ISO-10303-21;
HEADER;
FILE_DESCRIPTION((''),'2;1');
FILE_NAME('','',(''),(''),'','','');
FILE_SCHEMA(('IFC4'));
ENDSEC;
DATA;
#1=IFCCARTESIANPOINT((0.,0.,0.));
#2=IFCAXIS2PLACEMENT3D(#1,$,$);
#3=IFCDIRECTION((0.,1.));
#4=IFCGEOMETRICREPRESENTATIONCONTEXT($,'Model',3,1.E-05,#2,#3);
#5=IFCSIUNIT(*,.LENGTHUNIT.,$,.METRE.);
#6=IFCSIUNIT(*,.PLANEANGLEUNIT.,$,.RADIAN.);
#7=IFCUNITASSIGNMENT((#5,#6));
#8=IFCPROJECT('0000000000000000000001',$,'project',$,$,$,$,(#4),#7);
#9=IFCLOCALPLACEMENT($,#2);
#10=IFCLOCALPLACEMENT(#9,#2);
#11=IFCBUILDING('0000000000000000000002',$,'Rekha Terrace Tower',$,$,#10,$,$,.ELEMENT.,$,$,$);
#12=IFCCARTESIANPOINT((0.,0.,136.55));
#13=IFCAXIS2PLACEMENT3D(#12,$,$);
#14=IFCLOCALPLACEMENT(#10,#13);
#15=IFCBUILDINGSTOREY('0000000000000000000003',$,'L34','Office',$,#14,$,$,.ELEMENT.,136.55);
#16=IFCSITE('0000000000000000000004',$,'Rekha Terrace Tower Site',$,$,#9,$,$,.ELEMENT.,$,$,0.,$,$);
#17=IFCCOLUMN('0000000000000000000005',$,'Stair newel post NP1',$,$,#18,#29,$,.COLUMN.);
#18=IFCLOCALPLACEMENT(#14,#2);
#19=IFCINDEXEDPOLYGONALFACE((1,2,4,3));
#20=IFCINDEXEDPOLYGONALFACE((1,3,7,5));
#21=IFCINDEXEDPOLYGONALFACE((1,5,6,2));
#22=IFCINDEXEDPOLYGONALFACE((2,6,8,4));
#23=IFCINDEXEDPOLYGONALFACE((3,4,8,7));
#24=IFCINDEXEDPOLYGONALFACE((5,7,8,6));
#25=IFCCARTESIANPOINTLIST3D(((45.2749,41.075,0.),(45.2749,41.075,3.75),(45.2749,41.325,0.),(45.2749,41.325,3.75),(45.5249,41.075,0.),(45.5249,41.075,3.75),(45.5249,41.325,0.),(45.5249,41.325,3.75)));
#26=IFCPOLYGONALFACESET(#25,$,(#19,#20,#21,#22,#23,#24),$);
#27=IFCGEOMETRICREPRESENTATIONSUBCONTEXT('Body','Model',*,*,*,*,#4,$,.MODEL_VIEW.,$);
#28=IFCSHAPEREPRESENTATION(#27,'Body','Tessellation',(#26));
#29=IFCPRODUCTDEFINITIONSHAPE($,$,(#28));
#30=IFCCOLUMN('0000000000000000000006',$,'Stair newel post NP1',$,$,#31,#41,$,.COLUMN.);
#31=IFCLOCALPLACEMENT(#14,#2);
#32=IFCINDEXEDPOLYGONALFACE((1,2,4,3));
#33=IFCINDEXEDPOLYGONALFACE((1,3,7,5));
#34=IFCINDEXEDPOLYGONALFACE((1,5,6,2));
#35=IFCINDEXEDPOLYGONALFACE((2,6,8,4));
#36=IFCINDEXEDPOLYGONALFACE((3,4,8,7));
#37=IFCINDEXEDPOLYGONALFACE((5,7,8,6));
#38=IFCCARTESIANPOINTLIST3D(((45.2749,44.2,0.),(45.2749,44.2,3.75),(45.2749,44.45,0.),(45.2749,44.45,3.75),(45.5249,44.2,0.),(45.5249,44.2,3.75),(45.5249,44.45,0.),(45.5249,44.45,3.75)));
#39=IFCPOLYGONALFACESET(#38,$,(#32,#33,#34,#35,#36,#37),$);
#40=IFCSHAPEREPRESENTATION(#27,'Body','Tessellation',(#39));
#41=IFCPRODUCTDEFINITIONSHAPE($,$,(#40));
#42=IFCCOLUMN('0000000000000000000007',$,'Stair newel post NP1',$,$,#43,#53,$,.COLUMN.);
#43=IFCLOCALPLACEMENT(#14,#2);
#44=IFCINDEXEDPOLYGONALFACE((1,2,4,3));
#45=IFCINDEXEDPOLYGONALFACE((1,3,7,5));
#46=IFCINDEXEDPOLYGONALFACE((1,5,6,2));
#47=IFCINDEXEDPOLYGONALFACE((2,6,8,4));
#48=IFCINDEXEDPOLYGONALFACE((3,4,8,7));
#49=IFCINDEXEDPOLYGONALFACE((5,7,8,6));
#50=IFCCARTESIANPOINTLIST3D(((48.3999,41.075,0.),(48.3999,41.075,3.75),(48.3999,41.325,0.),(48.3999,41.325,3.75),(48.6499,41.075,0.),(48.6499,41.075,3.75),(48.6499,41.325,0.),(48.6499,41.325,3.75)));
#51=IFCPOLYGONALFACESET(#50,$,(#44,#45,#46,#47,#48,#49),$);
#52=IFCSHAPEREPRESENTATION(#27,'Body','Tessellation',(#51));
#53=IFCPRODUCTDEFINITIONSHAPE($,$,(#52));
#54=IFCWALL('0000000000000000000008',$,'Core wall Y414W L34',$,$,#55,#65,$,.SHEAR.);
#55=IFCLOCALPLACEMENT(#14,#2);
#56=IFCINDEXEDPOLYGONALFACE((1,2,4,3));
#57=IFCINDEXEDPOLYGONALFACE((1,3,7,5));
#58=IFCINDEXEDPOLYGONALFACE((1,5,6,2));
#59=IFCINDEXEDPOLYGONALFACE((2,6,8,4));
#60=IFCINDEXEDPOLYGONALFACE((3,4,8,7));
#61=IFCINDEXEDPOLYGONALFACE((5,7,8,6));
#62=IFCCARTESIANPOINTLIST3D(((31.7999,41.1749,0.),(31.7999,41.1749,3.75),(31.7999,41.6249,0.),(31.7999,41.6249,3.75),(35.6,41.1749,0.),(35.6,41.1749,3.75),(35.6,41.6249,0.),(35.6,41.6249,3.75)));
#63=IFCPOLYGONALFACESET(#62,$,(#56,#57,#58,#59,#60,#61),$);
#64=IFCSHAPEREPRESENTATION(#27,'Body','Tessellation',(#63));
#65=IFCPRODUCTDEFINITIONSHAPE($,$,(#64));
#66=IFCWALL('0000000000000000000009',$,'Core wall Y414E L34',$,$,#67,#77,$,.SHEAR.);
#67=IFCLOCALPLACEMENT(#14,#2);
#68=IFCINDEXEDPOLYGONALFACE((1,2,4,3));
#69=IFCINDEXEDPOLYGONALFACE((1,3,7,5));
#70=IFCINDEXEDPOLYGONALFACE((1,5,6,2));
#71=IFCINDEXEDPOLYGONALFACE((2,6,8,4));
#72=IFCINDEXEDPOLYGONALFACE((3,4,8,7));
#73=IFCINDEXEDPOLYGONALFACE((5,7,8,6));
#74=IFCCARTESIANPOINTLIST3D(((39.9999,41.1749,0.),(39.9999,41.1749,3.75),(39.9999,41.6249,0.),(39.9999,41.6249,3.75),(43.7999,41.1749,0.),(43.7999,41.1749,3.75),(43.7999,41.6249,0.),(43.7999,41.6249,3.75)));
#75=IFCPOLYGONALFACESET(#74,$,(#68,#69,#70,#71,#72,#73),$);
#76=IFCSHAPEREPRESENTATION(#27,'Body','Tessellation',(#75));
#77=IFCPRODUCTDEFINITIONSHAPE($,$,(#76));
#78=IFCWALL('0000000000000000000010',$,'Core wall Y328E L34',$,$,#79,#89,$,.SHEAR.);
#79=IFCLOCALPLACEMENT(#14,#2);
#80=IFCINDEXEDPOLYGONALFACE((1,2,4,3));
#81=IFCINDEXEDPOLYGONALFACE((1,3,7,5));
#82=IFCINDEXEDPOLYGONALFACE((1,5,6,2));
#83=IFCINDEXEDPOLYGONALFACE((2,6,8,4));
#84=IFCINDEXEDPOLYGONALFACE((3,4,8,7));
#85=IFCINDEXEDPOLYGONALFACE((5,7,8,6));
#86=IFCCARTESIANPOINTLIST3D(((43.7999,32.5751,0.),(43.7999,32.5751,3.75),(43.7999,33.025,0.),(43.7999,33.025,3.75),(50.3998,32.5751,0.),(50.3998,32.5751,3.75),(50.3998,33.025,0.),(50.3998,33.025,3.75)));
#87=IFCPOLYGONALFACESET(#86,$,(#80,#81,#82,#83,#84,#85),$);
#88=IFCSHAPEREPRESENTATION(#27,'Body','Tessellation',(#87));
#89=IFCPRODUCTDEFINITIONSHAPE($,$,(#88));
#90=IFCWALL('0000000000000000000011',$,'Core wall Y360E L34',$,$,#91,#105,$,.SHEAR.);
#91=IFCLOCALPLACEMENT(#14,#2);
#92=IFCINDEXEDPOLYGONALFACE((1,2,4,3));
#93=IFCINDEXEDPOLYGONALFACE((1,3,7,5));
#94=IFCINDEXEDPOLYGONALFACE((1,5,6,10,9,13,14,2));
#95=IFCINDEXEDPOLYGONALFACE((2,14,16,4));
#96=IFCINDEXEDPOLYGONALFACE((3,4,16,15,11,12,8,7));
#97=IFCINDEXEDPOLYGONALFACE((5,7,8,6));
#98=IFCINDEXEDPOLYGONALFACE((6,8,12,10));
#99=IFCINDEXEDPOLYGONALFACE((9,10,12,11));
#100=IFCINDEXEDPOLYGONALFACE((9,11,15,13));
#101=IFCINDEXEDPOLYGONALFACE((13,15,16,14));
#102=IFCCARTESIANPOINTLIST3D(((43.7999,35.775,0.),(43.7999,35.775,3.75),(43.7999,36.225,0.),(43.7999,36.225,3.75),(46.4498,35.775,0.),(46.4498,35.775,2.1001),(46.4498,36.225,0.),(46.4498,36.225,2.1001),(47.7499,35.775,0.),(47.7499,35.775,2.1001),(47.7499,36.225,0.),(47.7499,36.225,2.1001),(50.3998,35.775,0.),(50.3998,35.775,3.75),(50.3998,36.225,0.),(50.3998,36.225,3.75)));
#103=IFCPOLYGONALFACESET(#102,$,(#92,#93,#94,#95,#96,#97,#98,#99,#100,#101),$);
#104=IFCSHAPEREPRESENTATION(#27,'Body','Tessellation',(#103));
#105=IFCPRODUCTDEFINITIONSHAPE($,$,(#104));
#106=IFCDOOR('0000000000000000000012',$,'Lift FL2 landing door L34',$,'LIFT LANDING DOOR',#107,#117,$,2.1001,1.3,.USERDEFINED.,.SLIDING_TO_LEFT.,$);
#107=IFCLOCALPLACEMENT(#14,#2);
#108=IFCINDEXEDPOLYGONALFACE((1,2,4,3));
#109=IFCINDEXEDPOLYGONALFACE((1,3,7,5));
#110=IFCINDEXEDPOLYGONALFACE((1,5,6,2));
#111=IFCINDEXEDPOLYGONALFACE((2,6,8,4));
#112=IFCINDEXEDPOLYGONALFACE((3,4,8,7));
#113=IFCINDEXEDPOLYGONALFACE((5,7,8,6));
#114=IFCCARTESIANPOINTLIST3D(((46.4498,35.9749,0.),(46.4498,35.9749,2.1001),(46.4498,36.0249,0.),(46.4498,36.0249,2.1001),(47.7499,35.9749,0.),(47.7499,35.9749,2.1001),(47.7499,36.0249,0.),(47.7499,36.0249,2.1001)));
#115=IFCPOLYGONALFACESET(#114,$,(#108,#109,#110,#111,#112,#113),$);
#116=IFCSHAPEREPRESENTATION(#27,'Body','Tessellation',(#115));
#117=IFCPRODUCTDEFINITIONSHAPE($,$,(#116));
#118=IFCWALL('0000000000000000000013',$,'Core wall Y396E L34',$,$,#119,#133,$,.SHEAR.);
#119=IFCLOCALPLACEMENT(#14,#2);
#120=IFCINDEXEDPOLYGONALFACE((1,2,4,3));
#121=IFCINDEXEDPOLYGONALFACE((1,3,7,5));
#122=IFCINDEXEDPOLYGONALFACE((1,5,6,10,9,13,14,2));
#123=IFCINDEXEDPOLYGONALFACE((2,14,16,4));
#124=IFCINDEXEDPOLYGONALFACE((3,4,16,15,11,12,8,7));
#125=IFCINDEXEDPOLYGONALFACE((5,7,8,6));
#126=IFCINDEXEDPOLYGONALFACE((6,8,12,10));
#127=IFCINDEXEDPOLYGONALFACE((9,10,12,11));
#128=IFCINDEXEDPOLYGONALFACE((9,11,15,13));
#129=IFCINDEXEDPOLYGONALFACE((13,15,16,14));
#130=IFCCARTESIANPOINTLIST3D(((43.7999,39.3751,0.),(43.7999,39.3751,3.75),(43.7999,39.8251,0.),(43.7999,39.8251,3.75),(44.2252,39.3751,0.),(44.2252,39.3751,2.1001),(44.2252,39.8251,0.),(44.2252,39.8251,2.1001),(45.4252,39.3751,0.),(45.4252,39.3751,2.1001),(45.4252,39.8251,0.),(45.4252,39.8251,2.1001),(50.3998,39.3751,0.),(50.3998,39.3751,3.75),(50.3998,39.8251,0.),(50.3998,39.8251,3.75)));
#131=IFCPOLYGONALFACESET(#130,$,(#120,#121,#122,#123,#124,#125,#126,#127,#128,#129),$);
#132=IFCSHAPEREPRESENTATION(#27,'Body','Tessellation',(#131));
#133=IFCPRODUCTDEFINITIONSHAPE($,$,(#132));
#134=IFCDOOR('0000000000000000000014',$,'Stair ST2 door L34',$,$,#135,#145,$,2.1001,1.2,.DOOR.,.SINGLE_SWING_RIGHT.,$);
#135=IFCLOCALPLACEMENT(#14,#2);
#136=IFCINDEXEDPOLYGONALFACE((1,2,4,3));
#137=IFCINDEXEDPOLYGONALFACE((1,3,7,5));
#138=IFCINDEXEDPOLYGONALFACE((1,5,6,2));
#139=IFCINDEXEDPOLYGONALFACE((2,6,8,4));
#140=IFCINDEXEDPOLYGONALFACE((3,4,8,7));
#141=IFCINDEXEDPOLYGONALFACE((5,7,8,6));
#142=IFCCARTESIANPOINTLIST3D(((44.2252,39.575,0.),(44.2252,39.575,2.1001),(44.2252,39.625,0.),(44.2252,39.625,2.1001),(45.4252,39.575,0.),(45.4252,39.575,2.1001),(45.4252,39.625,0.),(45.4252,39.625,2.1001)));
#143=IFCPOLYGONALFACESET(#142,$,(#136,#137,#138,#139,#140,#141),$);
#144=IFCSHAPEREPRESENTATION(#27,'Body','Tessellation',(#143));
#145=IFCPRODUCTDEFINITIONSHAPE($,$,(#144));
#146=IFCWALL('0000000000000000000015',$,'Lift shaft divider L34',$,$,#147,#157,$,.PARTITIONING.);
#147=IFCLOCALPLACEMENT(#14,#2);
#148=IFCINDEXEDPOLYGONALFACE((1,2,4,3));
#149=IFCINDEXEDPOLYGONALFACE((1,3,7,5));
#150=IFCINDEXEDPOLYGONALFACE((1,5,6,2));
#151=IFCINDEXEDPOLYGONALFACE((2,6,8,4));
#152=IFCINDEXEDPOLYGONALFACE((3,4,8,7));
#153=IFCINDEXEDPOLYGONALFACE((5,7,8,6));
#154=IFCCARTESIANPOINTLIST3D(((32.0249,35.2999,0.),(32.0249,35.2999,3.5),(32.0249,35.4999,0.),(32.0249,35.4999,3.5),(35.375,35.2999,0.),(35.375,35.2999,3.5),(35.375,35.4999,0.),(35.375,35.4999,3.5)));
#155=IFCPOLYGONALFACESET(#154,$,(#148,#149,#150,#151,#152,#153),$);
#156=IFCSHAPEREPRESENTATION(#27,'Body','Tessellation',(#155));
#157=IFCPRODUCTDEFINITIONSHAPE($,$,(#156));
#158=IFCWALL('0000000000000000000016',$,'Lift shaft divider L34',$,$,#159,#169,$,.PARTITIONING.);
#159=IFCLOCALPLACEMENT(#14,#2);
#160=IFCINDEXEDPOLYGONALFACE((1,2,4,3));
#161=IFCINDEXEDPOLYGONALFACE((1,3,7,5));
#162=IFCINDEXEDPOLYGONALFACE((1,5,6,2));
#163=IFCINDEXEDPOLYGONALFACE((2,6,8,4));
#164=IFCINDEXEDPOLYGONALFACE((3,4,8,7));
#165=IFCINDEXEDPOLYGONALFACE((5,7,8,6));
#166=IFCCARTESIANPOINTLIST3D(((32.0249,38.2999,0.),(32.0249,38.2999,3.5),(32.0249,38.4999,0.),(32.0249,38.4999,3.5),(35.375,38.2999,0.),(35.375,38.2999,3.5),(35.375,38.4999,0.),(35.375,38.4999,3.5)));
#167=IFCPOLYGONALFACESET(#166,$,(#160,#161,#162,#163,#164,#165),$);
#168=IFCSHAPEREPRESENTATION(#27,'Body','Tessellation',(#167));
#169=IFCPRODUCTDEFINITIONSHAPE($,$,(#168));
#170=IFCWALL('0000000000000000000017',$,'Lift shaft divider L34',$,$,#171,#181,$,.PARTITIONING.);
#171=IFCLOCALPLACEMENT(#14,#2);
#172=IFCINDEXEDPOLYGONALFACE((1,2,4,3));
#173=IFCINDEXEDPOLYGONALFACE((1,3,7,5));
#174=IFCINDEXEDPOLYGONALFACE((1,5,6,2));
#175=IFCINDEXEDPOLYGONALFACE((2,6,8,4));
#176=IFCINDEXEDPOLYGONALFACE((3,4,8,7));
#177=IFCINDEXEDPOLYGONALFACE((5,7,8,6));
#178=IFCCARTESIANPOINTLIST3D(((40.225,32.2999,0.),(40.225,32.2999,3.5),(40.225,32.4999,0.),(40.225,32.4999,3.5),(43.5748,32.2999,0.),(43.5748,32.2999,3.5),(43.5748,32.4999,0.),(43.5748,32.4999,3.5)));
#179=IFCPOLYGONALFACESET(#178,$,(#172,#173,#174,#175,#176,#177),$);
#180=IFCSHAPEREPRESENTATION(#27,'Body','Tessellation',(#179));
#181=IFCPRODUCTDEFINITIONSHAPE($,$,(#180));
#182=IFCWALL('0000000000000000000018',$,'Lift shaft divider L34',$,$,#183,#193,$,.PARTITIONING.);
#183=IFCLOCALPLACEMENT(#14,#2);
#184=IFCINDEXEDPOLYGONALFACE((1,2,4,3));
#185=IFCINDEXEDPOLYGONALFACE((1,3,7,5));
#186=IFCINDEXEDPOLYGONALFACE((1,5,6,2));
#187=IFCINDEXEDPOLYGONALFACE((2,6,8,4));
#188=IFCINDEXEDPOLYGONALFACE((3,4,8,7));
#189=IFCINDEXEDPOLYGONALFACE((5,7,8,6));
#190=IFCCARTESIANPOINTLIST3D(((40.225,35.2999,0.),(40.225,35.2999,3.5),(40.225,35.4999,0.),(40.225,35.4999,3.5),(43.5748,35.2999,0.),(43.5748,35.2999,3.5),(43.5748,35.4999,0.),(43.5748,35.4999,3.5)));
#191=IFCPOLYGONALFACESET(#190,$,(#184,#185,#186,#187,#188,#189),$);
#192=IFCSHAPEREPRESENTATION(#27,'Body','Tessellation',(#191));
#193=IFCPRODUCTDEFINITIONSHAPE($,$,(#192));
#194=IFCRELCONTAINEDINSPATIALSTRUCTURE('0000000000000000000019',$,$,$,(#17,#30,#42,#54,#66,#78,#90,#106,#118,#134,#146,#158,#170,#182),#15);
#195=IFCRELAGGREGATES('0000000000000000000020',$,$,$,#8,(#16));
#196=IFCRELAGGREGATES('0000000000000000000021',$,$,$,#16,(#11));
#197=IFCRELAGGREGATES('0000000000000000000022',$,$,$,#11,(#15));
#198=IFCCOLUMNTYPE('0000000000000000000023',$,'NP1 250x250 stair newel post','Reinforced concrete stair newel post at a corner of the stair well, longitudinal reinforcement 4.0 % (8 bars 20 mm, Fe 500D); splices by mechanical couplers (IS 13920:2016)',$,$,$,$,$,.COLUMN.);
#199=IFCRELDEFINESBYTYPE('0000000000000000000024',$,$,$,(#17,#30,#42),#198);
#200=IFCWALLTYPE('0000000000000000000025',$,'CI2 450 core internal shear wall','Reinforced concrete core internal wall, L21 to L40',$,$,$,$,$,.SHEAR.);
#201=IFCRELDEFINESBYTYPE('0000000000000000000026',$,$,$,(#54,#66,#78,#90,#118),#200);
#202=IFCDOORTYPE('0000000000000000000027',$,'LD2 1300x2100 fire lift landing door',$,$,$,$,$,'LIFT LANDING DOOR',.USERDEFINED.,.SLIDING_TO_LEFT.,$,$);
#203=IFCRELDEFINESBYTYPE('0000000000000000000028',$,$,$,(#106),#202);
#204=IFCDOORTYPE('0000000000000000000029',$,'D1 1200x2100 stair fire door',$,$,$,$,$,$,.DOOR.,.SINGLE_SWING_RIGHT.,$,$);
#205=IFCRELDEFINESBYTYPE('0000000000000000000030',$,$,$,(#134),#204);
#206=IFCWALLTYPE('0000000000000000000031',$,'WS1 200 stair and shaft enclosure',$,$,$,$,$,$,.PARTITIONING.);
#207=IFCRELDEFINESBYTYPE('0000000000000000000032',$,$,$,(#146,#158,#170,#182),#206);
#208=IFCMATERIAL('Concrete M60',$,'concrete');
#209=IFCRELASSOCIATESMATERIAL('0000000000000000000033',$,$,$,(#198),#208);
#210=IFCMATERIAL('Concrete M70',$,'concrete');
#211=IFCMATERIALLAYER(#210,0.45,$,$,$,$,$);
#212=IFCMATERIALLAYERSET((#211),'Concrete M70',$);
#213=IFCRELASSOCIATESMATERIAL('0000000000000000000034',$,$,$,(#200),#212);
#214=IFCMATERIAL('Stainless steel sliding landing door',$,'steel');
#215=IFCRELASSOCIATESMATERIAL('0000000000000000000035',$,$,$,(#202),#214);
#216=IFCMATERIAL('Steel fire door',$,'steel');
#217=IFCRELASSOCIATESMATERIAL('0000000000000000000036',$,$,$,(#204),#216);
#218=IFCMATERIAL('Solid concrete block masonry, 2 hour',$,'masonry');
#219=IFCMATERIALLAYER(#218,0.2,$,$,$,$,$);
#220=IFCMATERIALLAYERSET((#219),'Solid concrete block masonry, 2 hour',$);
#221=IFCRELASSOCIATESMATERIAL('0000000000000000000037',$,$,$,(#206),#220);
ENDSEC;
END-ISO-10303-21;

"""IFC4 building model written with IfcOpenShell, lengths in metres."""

from ifc_helpers import new_model, si_unit, direction, frame, frame_2d, origin, origin_2d, place, context, subcontext, project, spatial, rectangle, extrude, material, layer, layer_set, material_profile, profile_set, type_object, element, fill, save


model = new_model("IFC4")

# Units and contexts
model_context = context("Model", 3, precision=1e-05, world=origin(), true_north=direction((0.0, 1.0)))
body_context = subcontext(model_context, "Body", "Model", "MODEL_VIEW")
ifc_project = project(units=[si_unit("LENGTHUNIT", "METRE"), si_unit("PLANEANGLEUNIT", "RADIAN")], contexts=[model_context])

# Site, building, storey
site_placement = place(None, origin())
site = spatial("IfcSite", under=ifc_project, at=site_placement, Name="Rekha Terrace Tower Site", CompositionType="ELEMENT", RefElevation=0.0)
building_placement = place(site_placement, origin())
building = spatial("IfcBuilding", under=site, at=building_placement, Name="Rekha Terrace Tower", CompositionType="ELEMENT")
storey_placement = place(building_placement, frame((0.0, 0.0, 136.55)))
storey = spatial("IfcBuildingStorey", under=building, at=storey_placement, Name="L34", Description="Office", CompositionType="ELEMENT", Elevation=136.55)

# Columns
ifc_material_1 = material(Name="Concrete M60", Category="concrete")
ifc_material_profile = material_profile(ifc_material_1, rectangle(XDim=0.25, YDim=0.25, at=origin_2d()), Name="RC 250x250")
ifc_profile_set = profile_set([ifc_material_profile], Name="Concrete M60")
column_type = type_object("IfcColumnType", Name="NP1 250x250 stair newel post", Description="Reinforced concrete stair newel post at a corner of the stair well, longitudinal reinforcement 4.0 % (8 bars 20 mm, Fe 500D); splices by mechanical couplers (IS 13920:2016)", PredefinedType="COLUMN", material=ifc_profile_set)
for number, where, z_axis, x_axis, name in (
    (1, (45.3999, 41.2, 0.0), (0.0, 0.0, 1.0), (1.0, 0.0, 0.0), "Stair newel post NP1"),
    (2, (45.3999, 44.325, 0.0), (0.0, 0.0, 1.0), (1.0, 0.0, 0.0), "Stair newel post NP1"),
    (3, (48.5249, 41.2, 0.0), (0.0, 0.0, 1.0), (1.0, 0.0, 0.0), "Stair newel post NP1"),
):
    element("IfcColumn", number, at=place(storey_placement, frame(where, z_axis=z_axis, x_axis=x_axis)), inside=storey, type_object=column_type, Name=name, PredefinedType="COLUMN", context=body_context, shape_type="SweptSolid", body=[
        extrude(rectangle(XDim=0.25, YDim=0.25, at=origin_2d()), origin(), (0.0, 0.0, 1.0), 3.75),
    ])

# Walls
ifc_material_2 = material(Name="Concrete M70", Category="concrete")
ifc_layer_1 = layer(ifc_material_2, 0.45)
ifc_layer_set_1 = layer_set([ifc_layer_1], Name="Concrete M70")
wall_type_1 = type_object("IfcWallType", Name="CI2 450 core internal shear wall", Description="Reinforced concrete core internal wall, L21 to L40", PredefinedType="SHEAR", material=ifc_layer_set_1)
for number, where, z_axis, x_axis, name in (
    (4, (31.8, 41.3999, 0.0), (0.0, 0.0, 1.0), (1.0, 0.0, 0.0), "Core wall Y414W L34"),
    (5, (40.0, 41.3999, 0.0), (0.0, 0.0, 1.0), (1.0, 0.0, 0.0), "Core wall Y414E L34"),
):
    element("IfcWall", number, at=place(storey_placement, frame(where, z_axis=z_axis, x_axis=x_axis)), inside=storey, type_object=wall_type_1, Name=name, PredefinedType="SHEAR", context=body_context, shape_type="SweptSolid", body=[
        extrude(rectangle(XDim=3.8, YDim=0.45, at=frame_2d((1.8999, 0.0))), origin(), (0.0, 0.0, 1.0), 3.75),
    ])
wall_1_placement = place(storey_placement, frame((43.8, 32.8, 0.0), z_axis=(0.0, 0.0, 1.0), x_axis=(1.0, 0.0, 0.0)))
element("IfcWall", 6, at=wall_1_placement, inside=storey, type_object=wall_type_1, Name="Core wall Y328E L34", PredefinedType="SHEAR", context=body_context, shape_type="SweptSolid", body=[
    extrude(rectangle(XDim=6.5999, YDim=0.45, at=frame_2d((3.2998, 0.0))), origin(), (0.0, 0.0, 1.0), 3.75),
])

# Walls, openings, doors
wall_2_placement = place(storey_placement, frame((43.8, 36.0, 0.0), z_axis=(0.0, 0.0, 1.0), x_axis=(1.0, 0.0, 0.0)))
wall_2 = element("IfcWall", 7, at=wall_2_placement, inside=storey, type_object=wall_type_1, Name="Core wall Y360E L34", PredefinedType="SHEAR", context=body_context, shape_type="SweptSolid", body=[
    extrude(rectangle(XDim=6.5999, YDim=0.45, at=frame_2d((3.2998, 0.0))), origin(), (0.0, 0.0, 1.0), 3.75),
])
opening_1_placement = place(wall_2_placement, frame((2.6499, 0.0, 0.0)))
opening_1 = element("IfcOpeningElement", 8, at=opening_1_placement, cuts=wall_2, PredefinedType="OPENING", context=body_context, shape_type="SweptSolid", body=[
    extrude(rectangle(XDim=1.3, YDim=2.1001, at=frame_2d((0.6499, 1.05))), frame((0.0, 0.2349, 0.0), z_axis=(0.0, -1.0, 0.0), x_axis=(1.0, 0.0, 0.0)), (0.0, 0.0, 1.0), 0.47),
])
ifc_material_3 = material(Name="Stainless steel sliding landing door", Category="steel")
door_type_1 = type_object("IfcDoorType", Name="LD2 1300x2100 fire lift landing door", ElementType="LIFT LANDING DOOR", OperationType="SLIDING_TO_LEFT", PredefinedType="USERDEFINED", material=ifc_material_3)
door_1_placement = place(opening_1_placement, origin())
door_1 = element("IfcDoor", 9, at=door_1_placement, inside=storey, type_object=door_type_1, Name="Lift FL2 landing door L34", ObjectType="LIFT LANDING DOOR", OperationType="SLIDING_TO_LEFT", OverallHeight=2.1001, OverallWidth=1.3, PredefinedType="USERDEFINED", context=body_context, shape_type="SweptSolid", body=[
    extrude(rectangle(XDim=1.3, YDim=2.1001, at=frame_2d((0.6499, 1.05))), frame((0.0, 0.0249, 0.0), z_axis=(0.0, -1.0, 0.0), x_axis=(1.0, 0.0, 0.0)), (0.0, 0.0, 1.0), 0.05),
])
fill(opening_1, door_1)
wall_3_placement = place(storey_placement, frame((43.8, 39.6001, 0.0), z_axis=(0.0, 0.0, 1.0), x_axis=(1.0, 0.0, 0.0)))
wall_3 = element("IfcWall", 10, at=wall_3_placement, inside=storey, type_object=wall_type_1, Name="Core wall Y396E L34", PredefinedType="SHEAR", context=body_context, shape_type="SweptSolid", body=[
    extrude(rectangle(XDim=6.5999, YDim=0.45, at=frame_2d((3.2998, 0.0))), origin(), (0.0, 0.0, 1.0), 3.75),
])
opening_2_placement = place(wall_3_placement, frame((0.425, 0.0, 0.0)))
opening_2 = element("IfcOpeningElement", 11, at=opening_2_placement, cuts=wall_3, PredefinedType="OPENING", context=body_context, shape_type="SweptSolid", body=[
    extrude(rectangle(XDim=1.2, YDim=2.1001, at=frame_2d((0.6001, 1.05))), frame((0.0, 0.2349, 0.0), z_axis=(0.0, -1.0, 0.0), x_axis=(1.0, 0.0, 0.0)), (0.0, 0.0, 1.0), 0.47),
])
ifc_material_4 = material(Name="Steel fire door", Category="steel")
door_type_2 = type_object("IfcDoorType", Name="D1 1200x2100 stair fire door", OperationType="SINGLE_SWING_RIGHT", PredefinedType="DOOR", material=ifc_material_4)
door_2_placement = place(opening_2_placement, origin())
door_2 = element("IfcDoor", 12, at=door_2_placement, inside=storey, type_object=door_type_2, Name="Stair ST2 door L34", OperationType="SINGLE_SWING_RIGHT", OverallHeight=2.1001, OverallWidth=1.2, PredefinedType="DOOR", context=body_context, shape_type="SweptSolid", body=[
    extrude(rectangle(XDim=1.2, YDim=2.1001, at=frame_2d((0.6001, 1.05))), frame((0.0, 0.0249, 0.0), z_axis=(0.0, -1.0, 0.0), x_axis=(1.0, 0.0, 0.0)), (0.0, 0.0, 1.0), 0.05),
])
fill(opening_2, door_2)

# Walls
ifc_material_5 = material(Name="Solid concrete block masonry, 2 hour", Category="masonry")
ifc_layer_2 = layer(ifc_material_5, 0.2)
ifc_layer_set_2 = layer_set([ifc_layer_2], Name="Solid concrete block masonry, 2 hour")
wall_type_2 = type_object("IfcWallType", Name="WS1 200 stair and shaft enclosure", PredefinedType="PARTITIONING", material=ifc_layer_set_2)
for number, where, z_axis, x_axis, name in (
    (13, (32.0249, 35.3999, 0.0), (0.0, 0.0, 1.0), (1.0, 0.0, 0.0), "Lift shaft divider L34"),
    (14, (32.0249, 38.3999, 0.0), (0.0, 0.0, 1.0), (1.0, 0.0, 0.0), "Lift shaft divider L34"),
):
    element("IfcWall", number, at=place(storey_placement, frame(where, z_axis=z_axis, x_axis=x_axis)), inside=storey, type_object=wall_type_2, Name=name, PredefinedType="PARTITIONING", context=body_context, shape_type="SweptSolid", body=[
        extrude(rectangle(XDim=3.3501, YDim=0.2, at=frame_2d((1.675, 0.0))), origin(), (0.0, 0.0, 1.0), 3.5),
    ])
for number, where, z_axis, x_axis, name in (
    (15, (40.2251, 32.3999, 0.0), (0.0, 0.0, 1.0), (1.0, 0.0, 0.0), "Lift shaft divider L34"),
    (16, (40.2251, 35.3999, 0.0), (0.0, 0.0, 1.0), (1.0, 0.0, 0.0), "Lift shaft divider L34"),
):
    element("IfcWall", number, at=place(storey_placement, frame(where, z_axis=z_axis, x_axis=x_axis)), inside=storey, type_object=wall_type_2, Name=name, PredefinedType="PARTITIONING", context=body_context, shape_type="SweptSolid", body=[
        extrude(rectangle(XDim=3.3499, YDim=0.2, at=frame_2d((1.6748, 0.0))), origin(), (0.0, 0.0, 1.0), 3.5),
    ])

save(model, "model.ifc")
